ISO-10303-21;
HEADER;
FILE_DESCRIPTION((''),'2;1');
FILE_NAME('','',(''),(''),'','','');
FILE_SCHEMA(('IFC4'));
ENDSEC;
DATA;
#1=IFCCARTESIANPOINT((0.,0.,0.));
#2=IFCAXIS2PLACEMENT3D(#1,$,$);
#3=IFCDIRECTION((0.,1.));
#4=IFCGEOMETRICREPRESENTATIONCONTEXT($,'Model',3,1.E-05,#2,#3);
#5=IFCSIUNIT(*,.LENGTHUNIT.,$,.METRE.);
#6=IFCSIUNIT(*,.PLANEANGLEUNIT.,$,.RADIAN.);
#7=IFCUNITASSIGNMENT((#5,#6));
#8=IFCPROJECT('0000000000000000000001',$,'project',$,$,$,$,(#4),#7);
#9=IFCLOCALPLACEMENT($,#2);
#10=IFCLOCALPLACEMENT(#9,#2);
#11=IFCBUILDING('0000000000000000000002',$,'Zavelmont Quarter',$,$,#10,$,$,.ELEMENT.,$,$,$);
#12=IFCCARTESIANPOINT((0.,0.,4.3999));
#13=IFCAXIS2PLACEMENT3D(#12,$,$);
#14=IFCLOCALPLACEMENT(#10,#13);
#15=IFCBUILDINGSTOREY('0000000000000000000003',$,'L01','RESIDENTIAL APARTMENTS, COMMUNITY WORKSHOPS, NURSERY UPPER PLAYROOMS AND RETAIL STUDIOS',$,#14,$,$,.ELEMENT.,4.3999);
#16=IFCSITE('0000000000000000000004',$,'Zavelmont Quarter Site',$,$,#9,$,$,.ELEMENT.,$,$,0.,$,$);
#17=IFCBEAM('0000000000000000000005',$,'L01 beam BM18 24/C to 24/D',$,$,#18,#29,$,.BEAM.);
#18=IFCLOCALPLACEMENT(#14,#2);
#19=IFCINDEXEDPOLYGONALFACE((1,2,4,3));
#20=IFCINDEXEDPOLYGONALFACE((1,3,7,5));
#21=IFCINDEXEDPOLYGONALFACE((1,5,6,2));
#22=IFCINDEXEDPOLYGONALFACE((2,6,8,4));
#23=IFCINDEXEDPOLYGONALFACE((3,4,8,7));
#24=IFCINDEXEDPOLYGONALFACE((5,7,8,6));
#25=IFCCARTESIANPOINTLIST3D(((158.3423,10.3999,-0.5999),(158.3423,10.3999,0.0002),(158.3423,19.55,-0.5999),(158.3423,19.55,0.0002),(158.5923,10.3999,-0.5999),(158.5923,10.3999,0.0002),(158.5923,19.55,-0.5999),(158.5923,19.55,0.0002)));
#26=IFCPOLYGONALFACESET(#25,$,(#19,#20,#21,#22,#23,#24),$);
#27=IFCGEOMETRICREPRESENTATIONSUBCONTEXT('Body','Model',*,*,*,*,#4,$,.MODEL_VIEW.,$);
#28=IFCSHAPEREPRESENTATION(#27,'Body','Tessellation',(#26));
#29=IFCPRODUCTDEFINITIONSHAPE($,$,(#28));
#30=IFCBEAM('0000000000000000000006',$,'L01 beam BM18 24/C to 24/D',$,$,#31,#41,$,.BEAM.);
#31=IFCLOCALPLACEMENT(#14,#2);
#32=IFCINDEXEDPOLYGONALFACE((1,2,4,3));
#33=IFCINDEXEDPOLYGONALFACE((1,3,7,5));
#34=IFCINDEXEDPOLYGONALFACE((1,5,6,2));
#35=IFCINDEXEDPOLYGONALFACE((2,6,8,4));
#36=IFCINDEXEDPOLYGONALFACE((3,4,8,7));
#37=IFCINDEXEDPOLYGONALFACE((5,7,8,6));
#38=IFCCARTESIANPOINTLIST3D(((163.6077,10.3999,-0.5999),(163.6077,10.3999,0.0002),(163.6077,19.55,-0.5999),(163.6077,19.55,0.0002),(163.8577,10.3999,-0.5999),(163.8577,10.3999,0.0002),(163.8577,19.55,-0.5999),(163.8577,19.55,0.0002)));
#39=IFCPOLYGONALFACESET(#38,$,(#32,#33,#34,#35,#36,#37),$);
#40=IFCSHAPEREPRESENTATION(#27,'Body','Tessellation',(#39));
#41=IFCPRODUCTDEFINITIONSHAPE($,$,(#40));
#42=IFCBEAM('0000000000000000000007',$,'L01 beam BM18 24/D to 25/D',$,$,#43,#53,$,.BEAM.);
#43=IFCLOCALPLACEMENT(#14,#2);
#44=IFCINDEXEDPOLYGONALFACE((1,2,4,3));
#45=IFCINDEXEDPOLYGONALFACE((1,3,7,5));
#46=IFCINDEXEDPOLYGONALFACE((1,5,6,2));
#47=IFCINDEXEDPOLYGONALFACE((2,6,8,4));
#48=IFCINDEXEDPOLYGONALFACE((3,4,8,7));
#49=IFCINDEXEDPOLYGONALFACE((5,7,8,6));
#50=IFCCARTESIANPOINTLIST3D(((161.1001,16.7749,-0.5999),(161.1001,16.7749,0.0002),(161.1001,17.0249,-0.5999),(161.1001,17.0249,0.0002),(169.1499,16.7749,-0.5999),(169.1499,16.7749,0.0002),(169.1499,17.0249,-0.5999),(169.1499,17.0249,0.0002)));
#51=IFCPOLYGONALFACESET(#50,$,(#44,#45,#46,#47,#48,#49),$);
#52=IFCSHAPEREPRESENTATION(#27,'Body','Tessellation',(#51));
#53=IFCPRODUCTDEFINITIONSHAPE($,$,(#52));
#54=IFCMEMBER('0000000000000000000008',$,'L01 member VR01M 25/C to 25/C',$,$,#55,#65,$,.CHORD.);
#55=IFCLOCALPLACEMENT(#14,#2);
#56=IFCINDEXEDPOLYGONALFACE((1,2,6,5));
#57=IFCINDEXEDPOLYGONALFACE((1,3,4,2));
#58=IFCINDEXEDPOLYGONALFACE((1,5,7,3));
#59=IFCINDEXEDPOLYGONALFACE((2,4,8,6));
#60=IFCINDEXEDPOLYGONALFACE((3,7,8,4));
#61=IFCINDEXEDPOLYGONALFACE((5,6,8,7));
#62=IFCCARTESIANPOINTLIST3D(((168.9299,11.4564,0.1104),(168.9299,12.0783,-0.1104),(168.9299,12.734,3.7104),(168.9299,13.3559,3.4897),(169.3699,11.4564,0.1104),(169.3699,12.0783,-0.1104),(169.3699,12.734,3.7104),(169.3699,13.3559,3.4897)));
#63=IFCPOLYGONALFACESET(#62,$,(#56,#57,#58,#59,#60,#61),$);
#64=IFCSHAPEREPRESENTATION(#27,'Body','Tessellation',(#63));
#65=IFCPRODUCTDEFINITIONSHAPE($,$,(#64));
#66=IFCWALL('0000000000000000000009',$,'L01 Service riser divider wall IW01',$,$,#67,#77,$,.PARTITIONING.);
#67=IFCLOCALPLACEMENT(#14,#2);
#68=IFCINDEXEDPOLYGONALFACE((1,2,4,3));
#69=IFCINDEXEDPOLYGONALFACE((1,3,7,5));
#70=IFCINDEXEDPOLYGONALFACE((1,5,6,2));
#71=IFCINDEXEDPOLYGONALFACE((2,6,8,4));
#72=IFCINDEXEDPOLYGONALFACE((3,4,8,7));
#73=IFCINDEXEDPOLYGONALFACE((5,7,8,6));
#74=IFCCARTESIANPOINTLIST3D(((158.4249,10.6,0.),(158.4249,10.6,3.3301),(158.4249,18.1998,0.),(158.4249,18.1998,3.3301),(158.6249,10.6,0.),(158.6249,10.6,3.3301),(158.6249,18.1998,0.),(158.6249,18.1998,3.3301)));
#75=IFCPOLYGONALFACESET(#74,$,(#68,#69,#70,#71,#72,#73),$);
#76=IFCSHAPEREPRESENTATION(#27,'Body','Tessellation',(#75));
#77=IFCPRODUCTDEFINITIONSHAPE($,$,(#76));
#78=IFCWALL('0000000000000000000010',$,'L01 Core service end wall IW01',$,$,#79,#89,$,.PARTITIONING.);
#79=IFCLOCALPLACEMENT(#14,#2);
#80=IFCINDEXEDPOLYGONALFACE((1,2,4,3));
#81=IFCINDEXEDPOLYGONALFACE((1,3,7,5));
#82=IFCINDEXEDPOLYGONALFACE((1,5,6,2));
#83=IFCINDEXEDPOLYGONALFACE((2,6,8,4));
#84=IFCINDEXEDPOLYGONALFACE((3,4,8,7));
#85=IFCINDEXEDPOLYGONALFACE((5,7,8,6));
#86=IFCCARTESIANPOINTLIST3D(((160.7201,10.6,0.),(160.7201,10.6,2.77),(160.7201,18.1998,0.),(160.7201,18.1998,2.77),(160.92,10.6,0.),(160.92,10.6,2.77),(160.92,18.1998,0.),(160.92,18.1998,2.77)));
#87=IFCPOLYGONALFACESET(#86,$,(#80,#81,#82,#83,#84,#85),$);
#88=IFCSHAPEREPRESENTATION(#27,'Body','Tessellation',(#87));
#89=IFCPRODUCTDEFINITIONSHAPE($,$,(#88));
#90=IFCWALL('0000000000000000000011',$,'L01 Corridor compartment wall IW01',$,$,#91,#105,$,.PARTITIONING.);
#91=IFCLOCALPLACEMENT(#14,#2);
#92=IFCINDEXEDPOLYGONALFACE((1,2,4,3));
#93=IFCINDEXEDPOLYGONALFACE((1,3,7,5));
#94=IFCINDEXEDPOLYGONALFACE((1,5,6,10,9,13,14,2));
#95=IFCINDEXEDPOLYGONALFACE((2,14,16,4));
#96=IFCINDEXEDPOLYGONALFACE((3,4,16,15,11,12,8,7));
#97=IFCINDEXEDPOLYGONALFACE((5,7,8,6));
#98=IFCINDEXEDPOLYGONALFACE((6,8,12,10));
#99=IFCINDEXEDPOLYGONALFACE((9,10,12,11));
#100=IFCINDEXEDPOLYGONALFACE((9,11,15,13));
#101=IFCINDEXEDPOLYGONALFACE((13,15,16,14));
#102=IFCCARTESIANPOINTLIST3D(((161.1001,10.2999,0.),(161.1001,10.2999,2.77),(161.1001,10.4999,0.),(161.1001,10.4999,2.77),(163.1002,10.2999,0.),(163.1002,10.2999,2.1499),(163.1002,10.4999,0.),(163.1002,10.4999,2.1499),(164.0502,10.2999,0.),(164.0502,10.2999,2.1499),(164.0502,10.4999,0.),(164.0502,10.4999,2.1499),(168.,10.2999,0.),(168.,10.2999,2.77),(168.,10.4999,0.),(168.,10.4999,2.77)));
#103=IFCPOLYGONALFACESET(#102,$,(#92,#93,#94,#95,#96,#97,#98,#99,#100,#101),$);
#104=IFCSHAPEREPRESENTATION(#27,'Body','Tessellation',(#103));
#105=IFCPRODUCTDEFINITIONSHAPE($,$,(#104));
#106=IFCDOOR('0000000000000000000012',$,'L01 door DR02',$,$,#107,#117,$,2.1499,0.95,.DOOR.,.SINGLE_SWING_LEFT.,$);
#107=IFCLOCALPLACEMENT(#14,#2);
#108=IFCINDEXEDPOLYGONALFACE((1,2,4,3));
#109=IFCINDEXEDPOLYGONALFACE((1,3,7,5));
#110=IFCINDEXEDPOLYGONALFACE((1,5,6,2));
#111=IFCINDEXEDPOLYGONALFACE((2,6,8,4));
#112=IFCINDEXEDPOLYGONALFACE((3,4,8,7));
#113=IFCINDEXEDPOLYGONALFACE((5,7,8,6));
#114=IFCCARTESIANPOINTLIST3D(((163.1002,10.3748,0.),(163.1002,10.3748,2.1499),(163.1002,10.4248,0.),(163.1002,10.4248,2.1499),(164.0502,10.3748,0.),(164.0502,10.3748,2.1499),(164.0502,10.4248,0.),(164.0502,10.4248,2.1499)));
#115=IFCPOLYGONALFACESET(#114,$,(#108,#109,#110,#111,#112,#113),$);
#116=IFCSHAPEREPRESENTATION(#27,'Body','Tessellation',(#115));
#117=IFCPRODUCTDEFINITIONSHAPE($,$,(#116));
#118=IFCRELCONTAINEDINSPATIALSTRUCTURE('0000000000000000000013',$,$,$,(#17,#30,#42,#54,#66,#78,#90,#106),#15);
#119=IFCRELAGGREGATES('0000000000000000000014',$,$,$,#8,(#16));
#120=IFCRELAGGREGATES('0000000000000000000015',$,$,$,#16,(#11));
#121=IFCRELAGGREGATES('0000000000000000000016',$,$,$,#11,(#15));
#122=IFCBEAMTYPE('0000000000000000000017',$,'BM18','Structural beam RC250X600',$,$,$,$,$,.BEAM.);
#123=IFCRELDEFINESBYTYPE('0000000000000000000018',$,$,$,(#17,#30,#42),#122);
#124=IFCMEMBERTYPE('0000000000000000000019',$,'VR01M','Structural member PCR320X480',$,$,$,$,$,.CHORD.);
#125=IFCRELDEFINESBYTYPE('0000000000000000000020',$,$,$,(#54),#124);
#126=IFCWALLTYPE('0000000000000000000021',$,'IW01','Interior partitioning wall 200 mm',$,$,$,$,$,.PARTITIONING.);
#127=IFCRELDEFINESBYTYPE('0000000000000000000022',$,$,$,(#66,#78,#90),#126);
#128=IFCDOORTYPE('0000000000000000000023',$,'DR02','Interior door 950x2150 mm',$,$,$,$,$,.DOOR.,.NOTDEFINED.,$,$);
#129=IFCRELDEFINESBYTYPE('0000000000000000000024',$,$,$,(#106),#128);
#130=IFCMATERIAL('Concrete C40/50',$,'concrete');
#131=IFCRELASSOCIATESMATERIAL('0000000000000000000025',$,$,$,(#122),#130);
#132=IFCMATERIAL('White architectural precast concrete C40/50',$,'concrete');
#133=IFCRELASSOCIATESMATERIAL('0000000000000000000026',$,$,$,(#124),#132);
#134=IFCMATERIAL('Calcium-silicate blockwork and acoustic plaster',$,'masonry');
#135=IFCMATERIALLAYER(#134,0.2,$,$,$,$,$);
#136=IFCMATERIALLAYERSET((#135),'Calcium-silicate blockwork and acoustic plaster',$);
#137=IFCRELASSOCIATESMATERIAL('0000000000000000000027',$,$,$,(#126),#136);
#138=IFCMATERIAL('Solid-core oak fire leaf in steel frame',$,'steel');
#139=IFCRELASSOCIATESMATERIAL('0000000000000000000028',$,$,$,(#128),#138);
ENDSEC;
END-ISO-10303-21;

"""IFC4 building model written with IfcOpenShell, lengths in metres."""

from ifc_helpers import new_model, si_unit, direction, frame, frame_2d, origin, origin_with_axes, origin_2d, place, context, subcontext, project, spatial, rectangle, extrude, material, layer, layer_set, material_profile, profile_set, type_object, element, fill, save


model = new_model("IFC4")

# Units and contexts
model_context = context("Model", 3, precision=1e-05, world=origin(), true_north=direction((0.0, 1.0)))
body_context = subcontext(model_context, "Body", "Model", "MODEL_VIEW")
ifc_project = project(units=[si_unit("LENGTHUNIT", "METRE"), si_unit("PLANEANGLEUNIT", "RADIAN")], contexts=[model_context])

# Site, building, storey
site_placement = place(None, origin())
site = spatial("IfcSite", under=ifc_project, at=site_placement, Name="Zavelmont Quarter Site", CompositionType="ELEMENT", RefElevation=0.0)
building_placement = place(site_placement, origin())
building = spatial("IfcBuilding", under=site, at=building_placement, Name="Zavelmont Quarter", CompositionType="ELEMENT")
storey_placement = place(building_placement, frame((0.0, 0.0, 4.3999)))
storey = spatial("IfcBuildingStorey", under=building, at=storey_placement, Name="L01", Description="RESIDENTIAL APARTMENTS, COMMUNITY WORKSHOPS, NURSERY UPPER PLAYROOMS AND RETAIL STUDIOS", CompositionType="ELEMENT", Elevation=4.3999)

# Shared definitions
ifc_material_1 = material(Name="Concrete C40/50", Category="concrete")

# Beams
ifc_material_profile_1 = material_profile(ifc_material_1, rectangle(XDim=0.25, YDim=0.6001, at=origin_2d()), Name="RC250X600")
ifc_profile_set_1 = profile_set([ifc_material_profile_1], Name="Concrete C40/50")
beam_type_1 = type_object("IfcBeamType", Name="BM18", Description="Structural beam RC250X600", PredefinedType="BEAM", material=ifc_profile_set_1)
for number, where, z_axis, x_axis, name in (
    (1, (158.4673, 10.3999, -0.2998), (0.0, 1.0, 0.0), (-1.0, 0.0, 0.0), "L01 beam BM18 24/C to 24/D"),
    (2, (163.7327, 10.3999, -0.2998), (0.0, 1.0, 0.0), (-1.0, 0.0, 0.0), "L01 beam BM18 24/C to 24/D"),
):
    element("IfcBeam", number, at=place(storey_placement, frame(where, z_axis=z_axis, x_axis=x_axis)), inside=storey, type_object=beam_type_1, Name=name, PredefinedType="BEAM", context=body_context, shape_type="SweptSolid", body=[
        extrude(rectangle(XDim=0.25, YDim=0.6001, at=origin_2d()), origin(), (0.0, 0.0, 1.0), 9.1501),
    ])
beam_1_placement = place(storey_placement, frame((161.1001, 16.8999, -0.2998), z_axis=(1.0, 0.0, 0.0), x_axis=(0.0, 1.0, 0.0)))
element("IfcBeam", 3, at=beam_1_placement, inside=storey, type_object=beam_type_1, Name="L01 beam BM18 24/D to 25/D", PredefinedType="BEAM", context=body_context, shape_type="SweptSolid", body=[
    extrude(rectangle(XDim=0.25, YDim=0.6001, at=origin_2d()), origin(), (0.0, 0.0, 1.0), 8.0498),
])

# Member
ifc_material_2 = material(Name="White architectural precast concrete C40/50", Category="concrete")
ifc_material_profile_2 = material_profile(ifc_material_2, rectangle(XDim=0.4399, YDim=0.6599, at=origin_2d()), Name="PCR320X480")
ifc_profile_set_2 = profile_set([ifc_material_profile_2], Name="White architectural precast concrete C40/50")
member_type = type_object("IfcMemberType", Name="VR01M", Description="Structural member PCR320X480", PredefinedType="CHORD", material=ifc_profile_set_2)
member_placement = place(storey_placement, frame((169.1499, 11.7673, 0.0), z_axis=(0.0, 0.334441, 0.942417), x_axis=(-1.0, 0.0, 0.0)))
element("IfcMember", 4, at=member_placement, inside=storey, type_object=member_type, Name="L01 member VR01M 25/C to 25/C", PredefinedType="CHORD", context=body_context, shape_type="SweptSolid", body=[
    extrude(rectangle(XDim=0.4399, YDim=0.6599, at=origin_2d()), origin(), (0.0, 0.0, 1.0), 3.8201),
])

# Walls
ifc_material_3 = material(Name="Calcium-silicate blockwork and acoustic plaster", Category="masonry")
ifc_layer_1 = layer(ifc_material_3, 0.2)
ifc_layer_set_1 = layer_set([ifc_layer_1], Name="Calcium-silicate blockwork and acoustic plaster")
wall_type_1 = type_object("IfcWallType", Name="IW01", Description="Interior partitioning wall 200 mm", PredefinedType="PARTITIONING", material=ifc_layer_set_1)
wall_1_placement = place(storey_placement, frame((158.5249, 10.6001, 0.0), z_axis=(0.0, 0.0, 1.0), x_axis=(0.0, 1.0, 0.0)))
element("IfcWall", 5, at=wall_1_placement, inside=storey, type_object=wall_type_1, Name="L01 Service riser divider wall IW01", PredefinedType="PARTITIONING", context=body_context, shape_type="SweptSolid", body=[
    extrude(rectangle(XDim=7.5999, YDim=0.2, at=frame_2d((3.7998, 0.0))), origin(), (0.0, 0.0, 1.0), 3.3301),
])
wall_2_placement = place(storey_placement, frame((160.8201, 10.6001, 0.0), z_axis=(0.0, 0.0, 1.0), x_axis=(0.0, 1.0, 0.0)))
element("IfcWall", 6, at=wall_2_placement, inside=storey, type_object=wall_type_1, Name="L01 Core service end wall IW01", PredefinedType="PARTITIONING", context=body_context, shape_type="SweptSolid", body=[
    extrude(rectangle(XDim=7.5999, YDim=0.2, at=frame_2d((3.7998, 0.0))), origin(), (0.0, 0.0, 1.0), 2.77),
])

# Wall, opening, door
wall_3_placement = place(storey_placement, frame((161.1001, 10.3999, 0.0), z_axis=(0.0, 0.0, 1.0), x_axis=(1.0, 0.0, 0.0)))
wall_3 = element("IfcWall", 7, at=wall_3_placement, inside=storey, type_object=wall_type_1, Name="L01 Corridor compartment wall IW01", PredefinedType="PARTITIONING", context=body_context, shape_type="SweptSolid", body=[
    extrude(rectangle(XDim=6.8999, YDim=0.2, at=frame_2d((3.45, 0.0))), origin(), (0.0, 0.0, 1.0), 2.77),
])
opening_1_placement = place(wall_3_placement, frame((2.0, 0.0, 0.0)))
opening_1 = element("IfcOpeningElement", 8, at=opening_1_placement, cuts=wall_3, PredefinedType="OPENING", context=body_context, shape_type="SweptSolid", body=[
    extrude(rectangle(XDim=0.95, YDim=2.1499, at=frame_2d((0.4751, 1.075))), frame((0.0, 0.1118, 0.0), z_axis=(0.0, -1.0, 0.0), x_axis=(1.0, 0.0, 0.0)), (0.0, 0.0, 1.0), 0.2239),
])
ifc_material_4 = material(Name="Solid-core oak fire leaf in steel frame", Category="steel")
door_type_1 = type_object("IfcDoorType", Name="DR02", Description="Interior door 950x2150 mm", OperationType="NOTDEFINED", PredefinedType="DOOR", material=ifc_material_4)
door_1_placement = place(opening_1_placement, origin_with_axes())
door_1 = element("IfcDoor", 9, at=door_1_placement, inside=storey, type_object=door_type_1, Name="L01 door DR02", OperationType="SINGLE_SWING_LEFT", OverallHeight=2.1499, OverallWidth=0.95, PredefinedType="DOOR", context=body_context, shape_type="SweptSolid", body=[
    extrude(rectangle(XDim=0.95, YDim=2.1499, at=frame_2d((0.4751, 1.075))), frame((0.0, 0.0249, 0.0), z_axis=(0.0, -1.0, 0.0), x_axis=(1.0, 0.0, 0.0)), (0.0, 0.0, 1.0), 0.05),
])
fill(opening_1, door_1)

save(model, "model.ifc")
